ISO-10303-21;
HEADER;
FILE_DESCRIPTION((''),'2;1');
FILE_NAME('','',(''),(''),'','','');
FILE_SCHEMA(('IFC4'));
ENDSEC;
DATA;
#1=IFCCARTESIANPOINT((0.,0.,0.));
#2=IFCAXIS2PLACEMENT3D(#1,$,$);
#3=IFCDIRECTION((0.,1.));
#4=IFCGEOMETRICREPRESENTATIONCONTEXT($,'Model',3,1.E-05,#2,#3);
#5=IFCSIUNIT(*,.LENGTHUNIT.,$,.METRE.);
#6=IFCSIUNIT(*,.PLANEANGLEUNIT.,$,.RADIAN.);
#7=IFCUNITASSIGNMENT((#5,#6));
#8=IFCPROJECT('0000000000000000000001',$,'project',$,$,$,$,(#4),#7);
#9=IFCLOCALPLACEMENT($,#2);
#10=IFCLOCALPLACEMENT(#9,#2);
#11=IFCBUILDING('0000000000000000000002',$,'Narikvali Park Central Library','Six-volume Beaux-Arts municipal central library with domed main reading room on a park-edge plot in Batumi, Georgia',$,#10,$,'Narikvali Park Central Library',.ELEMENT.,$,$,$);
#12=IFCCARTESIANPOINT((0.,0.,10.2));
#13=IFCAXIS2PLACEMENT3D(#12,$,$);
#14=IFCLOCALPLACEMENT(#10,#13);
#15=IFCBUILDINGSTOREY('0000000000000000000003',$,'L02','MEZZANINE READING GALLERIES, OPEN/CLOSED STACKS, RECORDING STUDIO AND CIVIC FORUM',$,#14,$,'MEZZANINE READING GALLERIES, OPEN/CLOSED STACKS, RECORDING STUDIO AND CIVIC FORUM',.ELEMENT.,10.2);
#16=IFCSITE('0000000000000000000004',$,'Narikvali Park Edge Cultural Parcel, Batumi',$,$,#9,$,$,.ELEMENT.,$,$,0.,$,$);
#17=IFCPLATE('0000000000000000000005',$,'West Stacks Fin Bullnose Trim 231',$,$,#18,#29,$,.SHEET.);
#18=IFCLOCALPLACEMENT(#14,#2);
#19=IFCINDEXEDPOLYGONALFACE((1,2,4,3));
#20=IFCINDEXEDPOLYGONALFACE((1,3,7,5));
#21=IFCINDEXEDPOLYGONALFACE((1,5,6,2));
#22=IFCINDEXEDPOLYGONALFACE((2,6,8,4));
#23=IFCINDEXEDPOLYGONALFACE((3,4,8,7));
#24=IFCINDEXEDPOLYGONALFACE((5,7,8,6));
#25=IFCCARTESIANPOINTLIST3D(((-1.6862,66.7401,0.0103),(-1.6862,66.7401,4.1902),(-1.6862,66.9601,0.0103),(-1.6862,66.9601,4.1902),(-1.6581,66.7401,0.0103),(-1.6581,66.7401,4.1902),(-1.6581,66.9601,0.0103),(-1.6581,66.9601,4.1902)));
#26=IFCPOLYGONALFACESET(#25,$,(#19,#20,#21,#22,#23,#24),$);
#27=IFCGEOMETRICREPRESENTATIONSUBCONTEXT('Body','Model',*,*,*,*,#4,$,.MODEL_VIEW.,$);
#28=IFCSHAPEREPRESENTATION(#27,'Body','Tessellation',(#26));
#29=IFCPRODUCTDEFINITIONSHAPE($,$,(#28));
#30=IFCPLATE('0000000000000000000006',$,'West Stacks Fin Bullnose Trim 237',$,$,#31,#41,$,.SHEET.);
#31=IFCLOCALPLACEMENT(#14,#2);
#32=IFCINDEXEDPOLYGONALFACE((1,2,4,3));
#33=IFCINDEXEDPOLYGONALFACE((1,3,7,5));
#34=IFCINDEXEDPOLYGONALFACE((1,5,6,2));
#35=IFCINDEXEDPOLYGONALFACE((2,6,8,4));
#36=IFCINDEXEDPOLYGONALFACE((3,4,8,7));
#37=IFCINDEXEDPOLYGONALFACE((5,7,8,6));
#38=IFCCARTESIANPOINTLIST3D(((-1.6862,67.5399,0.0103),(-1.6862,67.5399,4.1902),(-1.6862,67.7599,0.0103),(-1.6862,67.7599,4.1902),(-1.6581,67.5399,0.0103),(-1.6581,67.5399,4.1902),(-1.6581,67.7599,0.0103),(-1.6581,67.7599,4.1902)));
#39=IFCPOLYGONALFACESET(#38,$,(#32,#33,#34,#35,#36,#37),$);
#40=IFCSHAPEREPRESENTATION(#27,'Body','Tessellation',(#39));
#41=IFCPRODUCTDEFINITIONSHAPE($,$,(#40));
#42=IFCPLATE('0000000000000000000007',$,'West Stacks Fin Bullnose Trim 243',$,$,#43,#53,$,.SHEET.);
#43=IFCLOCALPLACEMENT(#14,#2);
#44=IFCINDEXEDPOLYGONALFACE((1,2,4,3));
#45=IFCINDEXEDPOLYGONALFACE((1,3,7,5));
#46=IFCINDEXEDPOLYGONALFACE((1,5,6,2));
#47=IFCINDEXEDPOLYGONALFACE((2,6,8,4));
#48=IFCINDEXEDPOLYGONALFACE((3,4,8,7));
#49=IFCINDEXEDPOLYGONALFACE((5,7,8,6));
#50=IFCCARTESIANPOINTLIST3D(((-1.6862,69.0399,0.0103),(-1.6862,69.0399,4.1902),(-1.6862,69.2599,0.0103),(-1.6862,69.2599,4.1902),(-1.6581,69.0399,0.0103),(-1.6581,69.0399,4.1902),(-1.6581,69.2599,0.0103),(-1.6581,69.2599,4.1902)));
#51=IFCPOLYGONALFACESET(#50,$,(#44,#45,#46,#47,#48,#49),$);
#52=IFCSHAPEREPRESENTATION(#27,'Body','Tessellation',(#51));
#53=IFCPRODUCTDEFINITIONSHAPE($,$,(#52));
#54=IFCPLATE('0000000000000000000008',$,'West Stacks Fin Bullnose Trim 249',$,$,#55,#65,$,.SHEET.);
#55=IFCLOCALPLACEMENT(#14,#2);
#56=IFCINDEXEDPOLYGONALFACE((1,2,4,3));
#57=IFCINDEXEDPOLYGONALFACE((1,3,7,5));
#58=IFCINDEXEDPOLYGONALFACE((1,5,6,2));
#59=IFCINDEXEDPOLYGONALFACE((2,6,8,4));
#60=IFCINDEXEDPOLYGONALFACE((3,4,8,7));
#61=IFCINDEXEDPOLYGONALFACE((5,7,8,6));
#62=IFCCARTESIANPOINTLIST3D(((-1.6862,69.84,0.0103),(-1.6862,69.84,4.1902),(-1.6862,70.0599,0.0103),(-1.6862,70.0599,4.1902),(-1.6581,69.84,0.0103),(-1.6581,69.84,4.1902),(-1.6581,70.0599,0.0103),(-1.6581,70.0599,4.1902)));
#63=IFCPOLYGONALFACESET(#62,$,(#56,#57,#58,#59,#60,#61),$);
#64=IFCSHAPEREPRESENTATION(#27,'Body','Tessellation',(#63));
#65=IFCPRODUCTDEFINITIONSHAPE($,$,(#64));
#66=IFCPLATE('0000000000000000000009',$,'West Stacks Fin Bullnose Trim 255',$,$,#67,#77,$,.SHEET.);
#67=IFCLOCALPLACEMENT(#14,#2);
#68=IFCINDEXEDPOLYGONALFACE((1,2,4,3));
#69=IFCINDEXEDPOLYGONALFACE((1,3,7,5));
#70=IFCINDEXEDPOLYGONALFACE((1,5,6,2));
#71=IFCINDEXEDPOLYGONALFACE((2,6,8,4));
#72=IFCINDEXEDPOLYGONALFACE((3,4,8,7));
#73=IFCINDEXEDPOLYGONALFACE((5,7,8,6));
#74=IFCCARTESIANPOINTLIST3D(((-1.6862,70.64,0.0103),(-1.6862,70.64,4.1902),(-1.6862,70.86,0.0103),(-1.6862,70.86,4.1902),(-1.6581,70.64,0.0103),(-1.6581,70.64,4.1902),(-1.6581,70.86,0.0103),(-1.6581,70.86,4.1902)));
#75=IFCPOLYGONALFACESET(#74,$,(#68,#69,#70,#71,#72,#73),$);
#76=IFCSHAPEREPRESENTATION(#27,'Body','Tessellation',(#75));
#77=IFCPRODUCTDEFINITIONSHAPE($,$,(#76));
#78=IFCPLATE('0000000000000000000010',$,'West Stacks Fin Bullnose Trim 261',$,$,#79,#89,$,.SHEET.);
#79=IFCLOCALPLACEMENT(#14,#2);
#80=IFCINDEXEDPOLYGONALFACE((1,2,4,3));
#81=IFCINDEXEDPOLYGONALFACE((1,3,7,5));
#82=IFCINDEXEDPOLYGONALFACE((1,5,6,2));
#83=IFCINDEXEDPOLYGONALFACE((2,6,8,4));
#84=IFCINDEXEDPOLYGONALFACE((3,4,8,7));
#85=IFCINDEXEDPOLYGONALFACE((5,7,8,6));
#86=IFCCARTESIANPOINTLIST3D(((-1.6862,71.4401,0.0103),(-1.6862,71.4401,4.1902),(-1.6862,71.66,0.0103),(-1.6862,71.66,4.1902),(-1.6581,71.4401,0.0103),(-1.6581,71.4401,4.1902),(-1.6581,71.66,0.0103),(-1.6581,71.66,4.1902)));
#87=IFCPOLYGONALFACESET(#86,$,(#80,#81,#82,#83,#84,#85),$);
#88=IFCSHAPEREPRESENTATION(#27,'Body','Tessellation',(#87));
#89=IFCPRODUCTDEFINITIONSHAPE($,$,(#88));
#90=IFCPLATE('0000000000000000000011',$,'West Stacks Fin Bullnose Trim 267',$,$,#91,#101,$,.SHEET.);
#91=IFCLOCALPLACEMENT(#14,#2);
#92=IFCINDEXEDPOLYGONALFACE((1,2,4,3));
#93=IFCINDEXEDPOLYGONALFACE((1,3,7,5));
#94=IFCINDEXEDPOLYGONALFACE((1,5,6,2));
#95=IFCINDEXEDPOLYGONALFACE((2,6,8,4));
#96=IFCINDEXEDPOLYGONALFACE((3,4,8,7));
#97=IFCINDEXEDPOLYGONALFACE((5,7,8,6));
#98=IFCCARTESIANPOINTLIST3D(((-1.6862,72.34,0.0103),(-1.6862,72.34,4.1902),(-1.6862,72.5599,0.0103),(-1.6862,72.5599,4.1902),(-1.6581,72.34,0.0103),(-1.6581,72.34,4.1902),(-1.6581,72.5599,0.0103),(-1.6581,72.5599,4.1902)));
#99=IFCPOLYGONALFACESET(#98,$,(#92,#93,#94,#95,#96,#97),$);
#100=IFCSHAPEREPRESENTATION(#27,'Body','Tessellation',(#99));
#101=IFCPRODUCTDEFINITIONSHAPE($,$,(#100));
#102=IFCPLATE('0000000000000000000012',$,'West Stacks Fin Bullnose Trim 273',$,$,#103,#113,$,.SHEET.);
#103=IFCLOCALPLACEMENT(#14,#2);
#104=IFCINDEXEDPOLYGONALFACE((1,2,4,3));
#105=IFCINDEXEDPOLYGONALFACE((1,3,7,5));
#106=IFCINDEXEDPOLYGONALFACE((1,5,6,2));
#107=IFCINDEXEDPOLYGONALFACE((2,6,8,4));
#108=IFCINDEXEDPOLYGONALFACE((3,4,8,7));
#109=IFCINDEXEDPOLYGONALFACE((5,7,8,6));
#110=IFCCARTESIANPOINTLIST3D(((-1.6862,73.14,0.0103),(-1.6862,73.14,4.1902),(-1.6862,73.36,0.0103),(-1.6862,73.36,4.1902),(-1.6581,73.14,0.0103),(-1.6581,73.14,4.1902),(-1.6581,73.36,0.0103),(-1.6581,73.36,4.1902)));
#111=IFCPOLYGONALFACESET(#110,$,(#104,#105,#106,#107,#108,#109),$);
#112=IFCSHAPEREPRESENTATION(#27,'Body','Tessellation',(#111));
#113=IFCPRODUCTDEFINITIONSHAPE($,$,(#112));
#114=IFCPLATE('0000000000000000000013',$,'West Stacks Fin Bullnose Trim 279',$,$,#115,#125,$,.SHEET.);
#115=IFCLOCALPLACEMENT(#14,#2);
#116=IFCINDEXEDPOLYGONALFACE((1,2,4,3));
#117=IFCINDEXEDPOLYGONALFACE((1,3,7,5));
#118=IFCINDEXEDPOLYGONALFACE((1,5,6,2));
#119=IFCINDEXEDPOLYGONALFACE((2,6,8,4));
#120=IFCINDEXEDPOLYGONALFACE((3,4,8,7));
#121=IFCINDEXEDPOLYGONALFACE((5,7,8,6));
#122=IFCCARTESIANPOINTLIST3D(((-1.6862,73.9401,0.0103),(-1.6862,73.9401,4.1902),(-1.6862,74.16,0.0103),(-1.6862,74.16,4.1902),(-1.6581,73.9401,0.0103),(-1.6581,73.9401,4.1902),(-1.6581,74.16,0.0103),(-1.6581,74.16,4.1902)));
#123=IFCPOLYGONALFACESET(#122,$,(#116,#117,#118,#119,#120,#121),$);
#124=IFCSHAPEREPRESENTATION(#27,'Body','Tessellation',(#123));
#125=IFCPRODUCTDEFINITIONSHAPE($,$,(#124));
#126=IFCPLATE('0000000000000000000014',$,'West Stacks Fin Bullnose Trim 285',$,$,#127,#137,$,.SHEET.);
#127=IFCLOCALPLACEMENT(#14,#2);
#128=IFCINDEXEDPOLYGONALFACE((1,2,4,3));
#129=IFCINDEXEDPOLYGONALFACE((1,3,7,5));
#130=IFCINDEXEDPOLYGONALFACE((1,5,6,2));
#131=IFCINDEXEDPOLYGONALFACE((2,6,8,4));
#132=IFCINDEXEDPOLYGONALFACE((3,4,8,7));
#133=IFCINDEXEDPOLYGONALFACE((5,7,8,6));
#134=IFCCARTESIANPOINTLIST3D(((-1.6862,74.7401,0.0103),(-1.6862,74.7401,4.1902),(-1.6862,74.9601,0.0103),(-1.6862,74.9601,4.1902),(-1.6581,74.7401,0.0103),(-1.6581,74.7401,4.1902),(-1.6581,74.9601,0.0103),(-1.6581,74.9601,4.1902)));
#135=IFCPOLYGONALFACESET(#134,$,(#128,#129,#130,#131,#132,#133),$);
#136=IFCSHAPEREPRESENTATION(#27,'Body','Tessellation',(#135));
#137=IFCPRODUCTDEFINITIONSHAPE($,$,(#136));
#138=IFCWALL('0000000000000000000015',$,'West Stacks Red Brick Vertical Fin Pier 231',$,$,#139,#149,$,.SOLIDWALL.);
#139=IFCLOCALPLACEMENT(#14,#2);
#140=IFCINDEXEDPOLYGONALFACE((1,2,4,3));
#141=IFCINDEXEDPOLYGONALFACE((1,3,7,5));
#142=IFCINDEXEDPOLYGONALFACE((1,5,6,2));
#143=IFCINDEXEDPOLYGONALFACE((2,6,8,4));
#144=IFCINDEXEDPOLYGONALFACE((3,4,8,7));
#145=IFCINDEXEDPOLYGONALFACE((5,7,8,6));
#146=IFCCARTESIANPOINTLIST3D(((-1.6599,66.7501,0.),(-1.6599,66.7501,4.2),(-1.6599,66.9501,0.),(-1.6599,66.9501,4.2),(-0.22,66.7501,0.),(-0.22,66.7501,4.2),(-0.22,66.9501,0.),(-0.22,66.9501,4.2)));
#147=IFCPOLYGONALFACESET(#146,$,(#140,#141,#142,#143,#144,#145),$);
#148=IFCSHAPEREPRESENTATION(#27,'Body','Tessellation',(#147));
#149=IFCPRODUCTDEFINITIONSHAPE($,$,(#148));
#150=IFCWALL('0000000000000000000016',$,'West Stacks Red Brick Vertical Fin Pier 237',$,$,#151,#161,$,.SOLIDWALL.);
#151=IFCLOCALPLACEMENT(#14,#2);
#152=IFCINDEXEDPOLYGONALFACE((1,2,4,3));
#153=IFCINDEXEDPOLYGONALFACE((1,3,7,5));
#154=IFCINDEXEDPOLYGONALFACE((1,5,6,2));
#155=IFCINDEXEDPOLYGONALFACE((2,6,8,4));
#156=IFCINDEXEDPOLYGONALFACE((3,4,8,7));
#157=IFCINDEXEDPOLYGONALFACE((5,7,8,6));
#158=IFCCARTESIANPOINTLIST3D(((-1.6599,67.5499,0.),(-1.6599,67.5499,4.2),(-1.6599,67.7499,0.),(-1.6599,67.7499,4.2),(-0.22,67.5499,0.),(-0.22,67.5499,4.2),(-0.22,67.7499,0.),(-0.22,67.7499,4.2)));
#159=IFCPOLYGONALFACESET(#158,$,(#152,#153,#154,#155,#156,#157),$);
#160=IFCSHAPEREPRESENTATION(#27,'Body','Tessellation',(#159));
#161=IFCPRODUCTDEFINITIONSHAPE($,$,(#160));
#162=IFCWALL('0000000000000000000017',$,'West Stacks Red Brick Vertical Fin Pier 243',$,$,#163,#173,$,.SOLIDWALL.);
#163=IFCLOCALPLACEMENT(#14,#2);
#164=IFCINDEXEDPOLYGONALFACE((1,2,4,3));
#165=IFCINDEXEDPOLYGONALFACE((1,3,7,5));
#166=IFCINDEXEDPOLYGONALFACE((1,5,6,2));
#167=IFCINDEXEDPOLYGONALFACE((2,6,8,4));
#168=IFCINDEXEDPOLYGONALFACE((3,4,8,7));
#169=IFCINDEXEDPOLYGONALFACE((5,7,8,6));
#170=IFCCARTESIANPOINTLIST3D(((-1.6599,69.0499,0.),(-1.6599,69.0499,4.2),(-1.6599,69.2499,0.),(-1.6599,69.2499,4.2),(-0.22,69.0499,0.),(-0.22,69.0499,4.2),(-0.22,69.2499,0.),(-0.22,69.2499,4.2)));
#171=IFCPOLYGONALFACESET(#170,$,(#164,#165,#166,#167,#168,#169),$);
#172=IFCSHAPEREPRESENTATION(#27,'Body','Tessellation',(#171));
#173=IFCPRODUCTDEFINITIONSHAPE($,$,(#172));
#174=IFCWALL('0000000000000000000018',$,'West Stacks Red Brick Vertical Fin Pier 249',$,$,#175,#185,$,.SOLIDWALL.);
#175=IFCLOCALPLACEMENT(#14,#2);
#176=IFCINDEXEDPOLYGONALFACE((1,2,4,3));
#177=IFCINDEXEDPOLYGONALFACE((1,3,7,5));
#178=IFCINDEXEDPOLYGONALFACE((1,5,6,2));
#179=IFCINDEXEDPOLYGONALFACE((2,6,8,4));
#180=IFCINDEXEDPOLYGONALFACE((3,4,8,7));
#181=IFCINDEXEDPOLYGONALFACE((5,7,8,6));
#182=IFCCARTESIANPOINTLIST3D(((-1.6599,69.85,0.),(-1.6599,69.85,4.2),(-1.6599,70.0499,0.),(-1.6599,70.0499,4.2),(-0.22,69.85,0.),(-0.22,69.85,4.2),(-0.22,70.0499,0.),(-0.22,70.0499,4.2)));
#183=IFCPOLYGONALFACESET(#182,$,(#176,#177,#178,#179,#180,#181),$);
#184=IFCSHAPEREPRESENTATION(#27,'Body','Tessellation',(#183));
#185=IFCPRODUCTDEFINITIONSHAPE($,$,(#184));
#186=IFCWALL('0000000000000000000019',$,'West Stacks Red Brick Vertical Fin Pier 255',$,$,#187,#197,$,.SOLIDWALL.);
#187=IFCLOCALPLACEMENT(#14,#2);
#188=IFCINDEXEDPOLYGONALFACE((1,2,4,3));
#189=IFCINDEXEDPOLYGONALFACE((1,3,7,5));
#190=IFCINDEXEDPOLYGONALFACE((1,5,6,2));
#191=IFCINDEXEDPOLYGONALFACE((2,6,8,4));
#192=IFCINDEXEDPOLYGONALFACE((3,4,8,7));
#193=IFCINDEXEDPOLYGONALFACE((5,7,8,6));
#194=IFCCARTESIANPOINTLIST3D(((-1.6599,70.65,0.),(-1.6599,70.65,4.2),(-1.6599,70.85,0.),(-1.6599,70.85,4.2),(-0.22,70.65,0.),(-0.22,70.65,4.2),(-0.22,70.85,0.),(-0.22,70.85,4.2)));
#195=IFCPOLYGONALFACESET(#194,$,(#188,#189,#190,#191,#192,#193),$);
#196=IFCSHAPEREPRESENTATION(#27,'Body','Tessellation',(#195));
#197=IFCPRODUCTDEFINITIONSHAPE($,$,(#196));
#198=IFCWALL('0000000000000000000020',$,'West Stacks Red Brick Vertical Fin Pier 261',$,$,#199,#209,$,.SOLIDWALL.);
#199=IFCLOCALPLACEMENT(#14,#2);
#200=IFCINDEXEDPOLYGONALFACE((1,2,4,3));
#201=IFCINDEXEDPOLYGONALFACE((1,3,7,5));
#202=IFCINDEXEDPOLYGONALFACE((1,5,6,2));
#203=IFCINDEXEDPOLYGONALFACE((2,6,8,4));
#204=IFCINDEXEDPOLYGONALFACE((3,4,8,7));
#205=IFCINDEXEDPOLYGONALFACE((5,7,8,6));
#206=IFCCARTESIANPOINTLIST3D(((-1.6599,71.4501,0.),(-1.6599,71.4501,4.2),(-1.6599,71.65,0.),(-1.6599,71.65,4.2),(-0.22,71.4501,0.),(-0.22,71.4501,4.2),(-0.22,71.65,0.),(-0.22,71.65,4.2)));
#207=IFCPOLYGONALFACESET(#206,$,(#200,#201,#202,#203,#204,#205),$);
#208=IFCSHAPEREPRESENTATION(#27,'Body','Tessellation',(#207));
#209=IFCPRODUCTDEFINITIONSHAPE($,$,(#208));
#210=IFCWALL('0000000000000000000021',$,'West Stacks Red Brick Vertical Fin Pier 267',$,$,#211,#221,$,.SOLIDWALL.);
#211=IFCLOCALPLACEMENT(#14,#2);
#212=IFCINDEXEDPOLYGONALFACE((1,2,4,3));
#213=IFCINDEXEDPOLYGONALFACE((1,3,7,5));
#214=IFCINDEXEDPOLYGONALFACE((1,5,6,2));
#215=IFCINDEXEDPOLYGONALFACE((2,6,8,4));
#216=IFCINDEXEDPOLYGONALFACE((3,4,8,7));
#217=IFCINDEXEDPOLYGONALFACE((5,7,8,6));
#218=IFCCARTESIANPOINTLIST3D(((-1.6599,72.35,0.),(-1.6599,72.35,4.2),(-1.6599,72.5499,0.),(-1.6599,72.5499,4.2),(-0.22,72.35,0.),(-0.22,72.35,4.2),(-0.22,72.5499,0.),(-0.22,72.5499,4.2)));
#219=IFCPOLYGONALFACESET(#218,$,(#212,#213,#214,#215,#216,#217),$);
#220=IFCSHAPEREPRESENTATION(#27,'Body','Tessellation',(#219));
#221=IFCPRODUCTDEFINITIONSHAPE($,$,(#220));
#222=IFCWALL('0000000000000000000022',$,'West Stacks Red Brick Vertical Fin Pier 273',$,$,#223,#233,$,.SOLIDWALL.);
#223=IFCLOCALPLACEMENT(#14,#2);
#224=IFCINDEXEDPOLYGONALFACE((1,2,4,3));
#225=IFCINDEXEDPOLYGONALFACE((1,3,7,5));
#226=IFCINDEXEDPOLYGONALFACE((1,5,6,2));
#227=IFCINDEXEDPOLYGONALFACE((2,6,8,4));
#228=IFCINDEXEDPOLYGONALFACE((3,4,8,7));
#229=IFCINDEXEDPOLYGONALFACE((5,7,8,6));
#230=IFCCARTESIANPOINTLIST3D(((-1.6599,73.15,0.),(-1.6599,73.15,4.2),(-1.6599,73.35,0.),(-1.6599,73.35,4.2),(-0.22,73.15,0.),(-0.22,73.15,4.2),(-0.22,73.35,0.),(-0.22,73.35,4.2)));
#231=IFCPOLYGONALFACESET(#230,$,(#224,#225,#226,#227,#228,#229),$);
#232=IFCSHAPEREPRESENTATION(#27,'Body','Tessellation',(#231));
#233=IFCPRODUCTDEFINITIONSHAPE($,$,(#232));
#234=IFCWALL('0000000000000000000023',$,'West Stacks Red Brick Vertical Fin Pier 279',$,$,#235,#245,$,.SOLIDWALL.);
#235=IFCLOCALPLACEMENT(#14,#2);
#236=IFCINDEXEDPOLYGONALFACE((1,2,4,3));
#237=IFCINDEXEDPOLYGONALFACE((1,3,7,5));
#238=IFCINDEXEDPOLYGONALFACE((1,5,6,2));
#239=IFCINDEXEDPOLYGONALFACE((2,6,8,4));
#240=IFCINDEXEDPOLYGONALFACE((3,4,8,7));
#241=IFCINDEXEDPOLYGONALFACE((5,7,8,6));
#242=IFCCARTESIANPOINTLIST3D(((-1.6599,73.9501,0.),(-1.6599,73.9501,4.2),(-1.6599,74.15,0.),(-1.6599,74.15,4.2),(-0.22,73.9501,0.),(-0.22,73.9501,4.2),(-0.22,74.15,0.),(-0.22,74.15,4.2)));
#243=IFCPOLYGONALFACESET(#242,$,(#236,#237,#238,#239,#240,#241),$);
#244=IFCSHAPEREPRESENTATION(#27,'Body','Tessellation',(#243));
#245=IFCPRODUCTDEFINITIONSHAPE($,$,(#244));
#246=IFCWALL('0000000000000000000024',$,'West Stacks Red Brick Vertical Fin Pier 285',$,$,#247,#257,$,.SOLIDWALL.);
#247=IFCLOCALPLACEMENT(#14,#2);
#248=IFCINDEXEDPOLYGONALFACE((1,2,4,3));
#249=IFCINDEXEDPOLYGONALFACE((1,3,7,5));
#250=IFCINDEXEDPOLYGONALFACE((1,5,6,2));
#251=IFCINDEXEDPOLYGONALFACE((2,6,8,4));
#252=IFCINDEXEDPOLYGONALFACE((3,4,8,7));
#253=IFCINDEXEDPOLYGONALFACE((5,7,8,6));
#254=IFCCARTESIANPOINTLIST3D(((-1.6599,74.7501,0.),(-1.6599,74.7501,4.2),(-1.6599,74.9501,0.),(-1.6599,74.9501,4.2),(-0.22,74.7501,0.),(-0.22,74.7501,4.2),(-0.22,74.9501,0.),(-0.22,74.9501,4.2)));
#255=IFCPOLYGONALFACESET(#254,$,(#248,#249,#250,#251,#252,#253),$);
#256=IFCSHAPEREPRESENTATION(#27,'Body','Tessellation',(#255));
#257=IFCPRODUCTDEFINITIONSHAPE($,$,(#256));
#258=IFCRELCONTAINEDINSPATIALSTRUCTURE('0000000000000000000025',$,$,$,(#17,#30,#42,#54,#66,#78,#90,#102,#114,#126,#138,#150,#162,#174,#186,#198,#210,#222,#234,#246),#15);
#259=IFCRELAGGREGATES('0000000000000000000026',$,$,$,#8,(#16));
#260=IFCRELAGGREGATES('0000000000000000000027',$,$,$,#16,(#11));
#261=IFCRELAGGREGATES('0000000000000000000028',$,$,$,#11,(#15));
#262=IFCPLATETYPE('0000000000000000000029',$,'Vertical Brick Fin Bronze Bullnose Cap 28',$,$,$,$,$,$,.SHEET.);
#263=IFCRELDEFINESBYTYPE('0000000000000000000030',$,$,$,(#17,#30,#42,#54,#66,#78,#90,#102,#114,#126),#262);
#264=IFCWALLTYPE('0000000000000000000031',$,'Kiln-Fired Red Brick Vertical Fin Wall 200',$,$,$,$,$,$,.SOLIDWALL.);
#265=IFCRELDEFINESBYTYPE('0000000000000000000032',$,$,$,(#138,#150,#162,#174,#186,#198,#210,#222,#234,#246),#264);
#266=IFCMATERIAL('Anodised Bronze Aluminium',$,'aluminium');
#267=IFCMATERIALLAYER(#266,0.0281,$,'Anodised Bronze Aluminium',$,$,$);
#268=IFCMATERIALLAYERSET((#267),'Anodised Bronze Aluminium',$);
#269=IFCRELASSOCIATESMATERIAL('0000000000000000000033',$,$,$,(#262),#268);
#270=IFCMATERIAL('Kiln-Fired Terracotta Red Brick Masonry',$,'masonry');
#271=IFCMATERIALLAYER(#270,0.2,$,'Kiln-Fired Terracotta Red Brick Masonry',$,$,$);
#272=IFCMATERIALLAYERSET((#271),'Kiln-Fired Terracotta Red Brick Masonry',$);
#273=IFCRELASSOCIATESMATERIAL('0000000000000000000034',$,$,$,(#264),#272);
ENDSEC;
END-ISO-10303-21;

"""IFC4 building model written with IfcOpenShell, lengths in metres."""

from ifc_helpers import new_model, si_unit, direction, frame, frame_2d, origin, origin_2d, place, context, subcontext, project, spatial, rectangle, extrude, material, layer, layer_set, type_object, element, save


model = new_model("IFC4")

# Units and contexts
model_context = context("Model", 3, precision=1e-05, world=origin(), true_north=direction((0.0, 1.0)))
body_context = subcontext(model_context, "Body", "Model", "MODEL_VIEW")
ifc_project = project(units=[si_unit("LENGTHUNIT", "METRE"), si_unit("PLANEANGLEUNIT", "RADIAN")], contexts=[model_context])

# Site, building, storey
site_placement = place(None, origin())
site = spatial("IfcSite", under=ifc_project, at=site_placement, Name="Narikvali Park Edge Cultural Parcel, Batumi", CompositionType="ELEMENT", RefElevation=0.0)
building_placement = place(site_placement, origin())
building = spatial("IfcBuilding", under=site, at=building_placement, Name="Narikvali Park Central Library", Description="Six-volume Beaux-Arts municipal central library with domed main reading room on a park-edge plot in Batumi, Georgia", LongName="Narikvali Park Central Library", CompositionType="ELEMENT")
storey_placement = place(building_placement, frame((0.0, 0.0, 10.2)))
storey = spatial("IfcBuildingStorey", under=building, at=storey_placement, Name="L02", Description="MEZZANINE READING GALLERIES, OPEN/CLOSED STACKS, RECORDING STUDIO AND CIVIC FORUM", LongName="MEZZANINE READING GALLERIES, OPEN/CLOSED STACKS, RECORDING STUDIO AND CIVIC FORUM", CompositionType="ELEMENT", Elevation=10.2)

# Plates
ifc_material_1 = material(Name="Anodised Bronze Aluminium", Category="aluminium")
ifc_layer_1 = layer(ifc_material_1, 0.0281, Name="Anodised Bronze Aluminium")
ifc_layer_set_1 = layer_set([ifc_layer_1], Name="Anodised Bronze Aluminium")
plate_type = type_object("IfcPlateType", Name="Vertical Brick Fin Bronze Bullnose Cap 28", PredefinedType="SHEET", material=ifc_layer_set_1)
for number, where, z_axis, x_axis, name in (
    (1, (-1.6721, 66.8501, 0.0103), (0.0, 0.0, 1.0), (1.0, 0.0, 0.0), "West Stacks Fin Bullnose Trim 231"),
    (2, (-1.6721, 67.6499, 0.0103), (0.0, 0.0, 1.0), (1.0, 0.0, 0.0), "West Stacks Fin Bullnose Trim 237"),
    (3, (-1.6721, 69.1499, 0.0103), (0.0, 0.0, 1.0), (1.0, 0.0, 0.0), "West Stacks Fin Bullnose Trim 243"),
    (4, (-1.6721, 69.95, 0.0103), (0.0, 0.0, 1.0), (1.0, 0.0, 0.0), "West Stacks Fin Bullnose Trim 249"),
    (5, (-1.6721, 70.75, 0.0103), (0.0, 0.0, 1.0), (1.0, 0.0, 0.0), "West Stacks Fin Bullnose Trim 255"),
    (6, (-1.6721, 71.55, 0.0103), (0.0, 0.0, 1.0), (1.0, 0.0, 0.0), "West Stacks Fin Bullnose Trim 261"),
    (7, (-1.6721, 72.45, 0.0103), (0.0, 0.0, 1.0), (1.0, 0.0, 0.0), "West Stacks Fin Bullnose Trim 267"),
    (8, (-1.6721, 73.25, 0.0103), (0.0, 0.0, 1.0), (1.0, 0.0, 0.0), "West Stacks Fin Bullnose Trim 273"),
    (9, (-1.6721, 74.05, 0.0103), (0.0, 0.0, 1.0), (1.0, 0.0, 0.0), "West Stacks Fin Bullnose Trim 279"),
    (10, (-1.6721, 74.8501, 0.0103), (0.0, 0.0, 1.0), (1.0, 0.0, 0.0), "West Stacks Fin Bullnose Trim 285"),
):
    element("IfcPlate", number, at=place(storey_placement, frame(where, z_axis=z_axis, x_axis=x_axis)), inside=storey, type_object=plate_type, Name=name, PredefinedType="SHEET", context=body_context, shape_type="SweptSolid", body=[
        extrude(rectangle(XDim=0.0281, YDim=0.22, at=origin_2d()), origin(), (0.0, 0.0, 1.0), 4.1799),
    ])

# Walls
ifc_material_2 = material(Name="Kiln-Fired Terracotta Red Brick Masonry", Category="masonry")
ifc_layer_2 = layer(ifc_material_2, 0.2, Name="Kiln-Fired Terracotta Red Brick Masonry")
ifc_layer_set_2 = layer_set([ifc_layer_2], Name="Kiln-Fired Terracotta Red Brick Masonry")
wall_type = type_object("IfcWallType", Name="Kiln-Fired Red Brick Vertical Fin Wall 200", PredefinedType="SOLIDWALL", material=ifc_layer_set_2)
for number, where, z_axis, x_axis, name in (
    (11, (-1.6599, 66.8501, 0.0), (0.0, 0.0, 1.0), (1.0, 0.0, 0.0), "West Stacks Red Brick Vertical Fin Pier 231"),
    (12, (-1.6599, 67.6499, 0.0), (0.0, 0.0, 1.0), (1.0, 0.0, 0.0), "West Stacks Red Brick Vertical Fin Pier 237"),
    (13, (-1.6599, 69.1499, 0.0), (0.0, 0.0, 1.0), (1.0, 0.0, 0.0), "West Stacks Red Brick Vertical Fin Pier 243"),
    (14, (-1.6599, 69.95, 0.0), (0.0, 0.0, 1.0), (1.0, 0.0, 0.0), "West Stacks Red Brick Vertical Fin Pier 249"),
    (15, (-1.6599, 70.75, 0.0), (0.0, 0.0, 1.0), (1.0, 0.0, 0.0), "West Stacks Red Brick Vertical Fin Pier 255"),
    (16, (-1.6599, 71.55, 0.0), (0.0, 0.0, 1.0), (1.0, 0.0, 0.0), "West Stacks Red Brick Vertical Fin Pier 261"),
    (17, (-1.6599, 72.45, 0.0), (0.0, 0.0, 1.0), (1.0, 0.0, 0.0), "West Stacks Red Brick Vertical Fin Pier 267"),
    (18, (-1.6599, 73.25, 0.0), (0.0, 0.0, 1.0), (1.0, 0.0, 0.0), "West Stacks Red Brick Vertical Fin Pier 273"),
    (19, (-1.6599, 74.05, 0.0), (0.0, 0.0, 1.0), (1.0, 0.0, 0.0), "West Stacks Red Brick Vertical Fin Pier 279"),
    (20, (-1.6599, 74.8501, 0.0), (0.0, 0.0, 1.0), (1.0, 0.0, 0.0), "West Stacks Red Brick Vertical Fin Pier 285"),
):
    element("IfcWall", number, at=place(storey_placement, frame(where, z_axis=z_axis, x_axis=x_axis)), inside=storey, type_object=wall_type, Name=name, PredefinedType="SOLIDWALL", context=body_context, shape_type="SweptSolid", body=[
        extrude(rectangle(XDim=1.4399, YDim=0.2, at=frame_2d((0.72, 0.0))), origin(), (0.0, 0.0, 1.0), 4.2),
    ])

save(model, "model.ifc")
